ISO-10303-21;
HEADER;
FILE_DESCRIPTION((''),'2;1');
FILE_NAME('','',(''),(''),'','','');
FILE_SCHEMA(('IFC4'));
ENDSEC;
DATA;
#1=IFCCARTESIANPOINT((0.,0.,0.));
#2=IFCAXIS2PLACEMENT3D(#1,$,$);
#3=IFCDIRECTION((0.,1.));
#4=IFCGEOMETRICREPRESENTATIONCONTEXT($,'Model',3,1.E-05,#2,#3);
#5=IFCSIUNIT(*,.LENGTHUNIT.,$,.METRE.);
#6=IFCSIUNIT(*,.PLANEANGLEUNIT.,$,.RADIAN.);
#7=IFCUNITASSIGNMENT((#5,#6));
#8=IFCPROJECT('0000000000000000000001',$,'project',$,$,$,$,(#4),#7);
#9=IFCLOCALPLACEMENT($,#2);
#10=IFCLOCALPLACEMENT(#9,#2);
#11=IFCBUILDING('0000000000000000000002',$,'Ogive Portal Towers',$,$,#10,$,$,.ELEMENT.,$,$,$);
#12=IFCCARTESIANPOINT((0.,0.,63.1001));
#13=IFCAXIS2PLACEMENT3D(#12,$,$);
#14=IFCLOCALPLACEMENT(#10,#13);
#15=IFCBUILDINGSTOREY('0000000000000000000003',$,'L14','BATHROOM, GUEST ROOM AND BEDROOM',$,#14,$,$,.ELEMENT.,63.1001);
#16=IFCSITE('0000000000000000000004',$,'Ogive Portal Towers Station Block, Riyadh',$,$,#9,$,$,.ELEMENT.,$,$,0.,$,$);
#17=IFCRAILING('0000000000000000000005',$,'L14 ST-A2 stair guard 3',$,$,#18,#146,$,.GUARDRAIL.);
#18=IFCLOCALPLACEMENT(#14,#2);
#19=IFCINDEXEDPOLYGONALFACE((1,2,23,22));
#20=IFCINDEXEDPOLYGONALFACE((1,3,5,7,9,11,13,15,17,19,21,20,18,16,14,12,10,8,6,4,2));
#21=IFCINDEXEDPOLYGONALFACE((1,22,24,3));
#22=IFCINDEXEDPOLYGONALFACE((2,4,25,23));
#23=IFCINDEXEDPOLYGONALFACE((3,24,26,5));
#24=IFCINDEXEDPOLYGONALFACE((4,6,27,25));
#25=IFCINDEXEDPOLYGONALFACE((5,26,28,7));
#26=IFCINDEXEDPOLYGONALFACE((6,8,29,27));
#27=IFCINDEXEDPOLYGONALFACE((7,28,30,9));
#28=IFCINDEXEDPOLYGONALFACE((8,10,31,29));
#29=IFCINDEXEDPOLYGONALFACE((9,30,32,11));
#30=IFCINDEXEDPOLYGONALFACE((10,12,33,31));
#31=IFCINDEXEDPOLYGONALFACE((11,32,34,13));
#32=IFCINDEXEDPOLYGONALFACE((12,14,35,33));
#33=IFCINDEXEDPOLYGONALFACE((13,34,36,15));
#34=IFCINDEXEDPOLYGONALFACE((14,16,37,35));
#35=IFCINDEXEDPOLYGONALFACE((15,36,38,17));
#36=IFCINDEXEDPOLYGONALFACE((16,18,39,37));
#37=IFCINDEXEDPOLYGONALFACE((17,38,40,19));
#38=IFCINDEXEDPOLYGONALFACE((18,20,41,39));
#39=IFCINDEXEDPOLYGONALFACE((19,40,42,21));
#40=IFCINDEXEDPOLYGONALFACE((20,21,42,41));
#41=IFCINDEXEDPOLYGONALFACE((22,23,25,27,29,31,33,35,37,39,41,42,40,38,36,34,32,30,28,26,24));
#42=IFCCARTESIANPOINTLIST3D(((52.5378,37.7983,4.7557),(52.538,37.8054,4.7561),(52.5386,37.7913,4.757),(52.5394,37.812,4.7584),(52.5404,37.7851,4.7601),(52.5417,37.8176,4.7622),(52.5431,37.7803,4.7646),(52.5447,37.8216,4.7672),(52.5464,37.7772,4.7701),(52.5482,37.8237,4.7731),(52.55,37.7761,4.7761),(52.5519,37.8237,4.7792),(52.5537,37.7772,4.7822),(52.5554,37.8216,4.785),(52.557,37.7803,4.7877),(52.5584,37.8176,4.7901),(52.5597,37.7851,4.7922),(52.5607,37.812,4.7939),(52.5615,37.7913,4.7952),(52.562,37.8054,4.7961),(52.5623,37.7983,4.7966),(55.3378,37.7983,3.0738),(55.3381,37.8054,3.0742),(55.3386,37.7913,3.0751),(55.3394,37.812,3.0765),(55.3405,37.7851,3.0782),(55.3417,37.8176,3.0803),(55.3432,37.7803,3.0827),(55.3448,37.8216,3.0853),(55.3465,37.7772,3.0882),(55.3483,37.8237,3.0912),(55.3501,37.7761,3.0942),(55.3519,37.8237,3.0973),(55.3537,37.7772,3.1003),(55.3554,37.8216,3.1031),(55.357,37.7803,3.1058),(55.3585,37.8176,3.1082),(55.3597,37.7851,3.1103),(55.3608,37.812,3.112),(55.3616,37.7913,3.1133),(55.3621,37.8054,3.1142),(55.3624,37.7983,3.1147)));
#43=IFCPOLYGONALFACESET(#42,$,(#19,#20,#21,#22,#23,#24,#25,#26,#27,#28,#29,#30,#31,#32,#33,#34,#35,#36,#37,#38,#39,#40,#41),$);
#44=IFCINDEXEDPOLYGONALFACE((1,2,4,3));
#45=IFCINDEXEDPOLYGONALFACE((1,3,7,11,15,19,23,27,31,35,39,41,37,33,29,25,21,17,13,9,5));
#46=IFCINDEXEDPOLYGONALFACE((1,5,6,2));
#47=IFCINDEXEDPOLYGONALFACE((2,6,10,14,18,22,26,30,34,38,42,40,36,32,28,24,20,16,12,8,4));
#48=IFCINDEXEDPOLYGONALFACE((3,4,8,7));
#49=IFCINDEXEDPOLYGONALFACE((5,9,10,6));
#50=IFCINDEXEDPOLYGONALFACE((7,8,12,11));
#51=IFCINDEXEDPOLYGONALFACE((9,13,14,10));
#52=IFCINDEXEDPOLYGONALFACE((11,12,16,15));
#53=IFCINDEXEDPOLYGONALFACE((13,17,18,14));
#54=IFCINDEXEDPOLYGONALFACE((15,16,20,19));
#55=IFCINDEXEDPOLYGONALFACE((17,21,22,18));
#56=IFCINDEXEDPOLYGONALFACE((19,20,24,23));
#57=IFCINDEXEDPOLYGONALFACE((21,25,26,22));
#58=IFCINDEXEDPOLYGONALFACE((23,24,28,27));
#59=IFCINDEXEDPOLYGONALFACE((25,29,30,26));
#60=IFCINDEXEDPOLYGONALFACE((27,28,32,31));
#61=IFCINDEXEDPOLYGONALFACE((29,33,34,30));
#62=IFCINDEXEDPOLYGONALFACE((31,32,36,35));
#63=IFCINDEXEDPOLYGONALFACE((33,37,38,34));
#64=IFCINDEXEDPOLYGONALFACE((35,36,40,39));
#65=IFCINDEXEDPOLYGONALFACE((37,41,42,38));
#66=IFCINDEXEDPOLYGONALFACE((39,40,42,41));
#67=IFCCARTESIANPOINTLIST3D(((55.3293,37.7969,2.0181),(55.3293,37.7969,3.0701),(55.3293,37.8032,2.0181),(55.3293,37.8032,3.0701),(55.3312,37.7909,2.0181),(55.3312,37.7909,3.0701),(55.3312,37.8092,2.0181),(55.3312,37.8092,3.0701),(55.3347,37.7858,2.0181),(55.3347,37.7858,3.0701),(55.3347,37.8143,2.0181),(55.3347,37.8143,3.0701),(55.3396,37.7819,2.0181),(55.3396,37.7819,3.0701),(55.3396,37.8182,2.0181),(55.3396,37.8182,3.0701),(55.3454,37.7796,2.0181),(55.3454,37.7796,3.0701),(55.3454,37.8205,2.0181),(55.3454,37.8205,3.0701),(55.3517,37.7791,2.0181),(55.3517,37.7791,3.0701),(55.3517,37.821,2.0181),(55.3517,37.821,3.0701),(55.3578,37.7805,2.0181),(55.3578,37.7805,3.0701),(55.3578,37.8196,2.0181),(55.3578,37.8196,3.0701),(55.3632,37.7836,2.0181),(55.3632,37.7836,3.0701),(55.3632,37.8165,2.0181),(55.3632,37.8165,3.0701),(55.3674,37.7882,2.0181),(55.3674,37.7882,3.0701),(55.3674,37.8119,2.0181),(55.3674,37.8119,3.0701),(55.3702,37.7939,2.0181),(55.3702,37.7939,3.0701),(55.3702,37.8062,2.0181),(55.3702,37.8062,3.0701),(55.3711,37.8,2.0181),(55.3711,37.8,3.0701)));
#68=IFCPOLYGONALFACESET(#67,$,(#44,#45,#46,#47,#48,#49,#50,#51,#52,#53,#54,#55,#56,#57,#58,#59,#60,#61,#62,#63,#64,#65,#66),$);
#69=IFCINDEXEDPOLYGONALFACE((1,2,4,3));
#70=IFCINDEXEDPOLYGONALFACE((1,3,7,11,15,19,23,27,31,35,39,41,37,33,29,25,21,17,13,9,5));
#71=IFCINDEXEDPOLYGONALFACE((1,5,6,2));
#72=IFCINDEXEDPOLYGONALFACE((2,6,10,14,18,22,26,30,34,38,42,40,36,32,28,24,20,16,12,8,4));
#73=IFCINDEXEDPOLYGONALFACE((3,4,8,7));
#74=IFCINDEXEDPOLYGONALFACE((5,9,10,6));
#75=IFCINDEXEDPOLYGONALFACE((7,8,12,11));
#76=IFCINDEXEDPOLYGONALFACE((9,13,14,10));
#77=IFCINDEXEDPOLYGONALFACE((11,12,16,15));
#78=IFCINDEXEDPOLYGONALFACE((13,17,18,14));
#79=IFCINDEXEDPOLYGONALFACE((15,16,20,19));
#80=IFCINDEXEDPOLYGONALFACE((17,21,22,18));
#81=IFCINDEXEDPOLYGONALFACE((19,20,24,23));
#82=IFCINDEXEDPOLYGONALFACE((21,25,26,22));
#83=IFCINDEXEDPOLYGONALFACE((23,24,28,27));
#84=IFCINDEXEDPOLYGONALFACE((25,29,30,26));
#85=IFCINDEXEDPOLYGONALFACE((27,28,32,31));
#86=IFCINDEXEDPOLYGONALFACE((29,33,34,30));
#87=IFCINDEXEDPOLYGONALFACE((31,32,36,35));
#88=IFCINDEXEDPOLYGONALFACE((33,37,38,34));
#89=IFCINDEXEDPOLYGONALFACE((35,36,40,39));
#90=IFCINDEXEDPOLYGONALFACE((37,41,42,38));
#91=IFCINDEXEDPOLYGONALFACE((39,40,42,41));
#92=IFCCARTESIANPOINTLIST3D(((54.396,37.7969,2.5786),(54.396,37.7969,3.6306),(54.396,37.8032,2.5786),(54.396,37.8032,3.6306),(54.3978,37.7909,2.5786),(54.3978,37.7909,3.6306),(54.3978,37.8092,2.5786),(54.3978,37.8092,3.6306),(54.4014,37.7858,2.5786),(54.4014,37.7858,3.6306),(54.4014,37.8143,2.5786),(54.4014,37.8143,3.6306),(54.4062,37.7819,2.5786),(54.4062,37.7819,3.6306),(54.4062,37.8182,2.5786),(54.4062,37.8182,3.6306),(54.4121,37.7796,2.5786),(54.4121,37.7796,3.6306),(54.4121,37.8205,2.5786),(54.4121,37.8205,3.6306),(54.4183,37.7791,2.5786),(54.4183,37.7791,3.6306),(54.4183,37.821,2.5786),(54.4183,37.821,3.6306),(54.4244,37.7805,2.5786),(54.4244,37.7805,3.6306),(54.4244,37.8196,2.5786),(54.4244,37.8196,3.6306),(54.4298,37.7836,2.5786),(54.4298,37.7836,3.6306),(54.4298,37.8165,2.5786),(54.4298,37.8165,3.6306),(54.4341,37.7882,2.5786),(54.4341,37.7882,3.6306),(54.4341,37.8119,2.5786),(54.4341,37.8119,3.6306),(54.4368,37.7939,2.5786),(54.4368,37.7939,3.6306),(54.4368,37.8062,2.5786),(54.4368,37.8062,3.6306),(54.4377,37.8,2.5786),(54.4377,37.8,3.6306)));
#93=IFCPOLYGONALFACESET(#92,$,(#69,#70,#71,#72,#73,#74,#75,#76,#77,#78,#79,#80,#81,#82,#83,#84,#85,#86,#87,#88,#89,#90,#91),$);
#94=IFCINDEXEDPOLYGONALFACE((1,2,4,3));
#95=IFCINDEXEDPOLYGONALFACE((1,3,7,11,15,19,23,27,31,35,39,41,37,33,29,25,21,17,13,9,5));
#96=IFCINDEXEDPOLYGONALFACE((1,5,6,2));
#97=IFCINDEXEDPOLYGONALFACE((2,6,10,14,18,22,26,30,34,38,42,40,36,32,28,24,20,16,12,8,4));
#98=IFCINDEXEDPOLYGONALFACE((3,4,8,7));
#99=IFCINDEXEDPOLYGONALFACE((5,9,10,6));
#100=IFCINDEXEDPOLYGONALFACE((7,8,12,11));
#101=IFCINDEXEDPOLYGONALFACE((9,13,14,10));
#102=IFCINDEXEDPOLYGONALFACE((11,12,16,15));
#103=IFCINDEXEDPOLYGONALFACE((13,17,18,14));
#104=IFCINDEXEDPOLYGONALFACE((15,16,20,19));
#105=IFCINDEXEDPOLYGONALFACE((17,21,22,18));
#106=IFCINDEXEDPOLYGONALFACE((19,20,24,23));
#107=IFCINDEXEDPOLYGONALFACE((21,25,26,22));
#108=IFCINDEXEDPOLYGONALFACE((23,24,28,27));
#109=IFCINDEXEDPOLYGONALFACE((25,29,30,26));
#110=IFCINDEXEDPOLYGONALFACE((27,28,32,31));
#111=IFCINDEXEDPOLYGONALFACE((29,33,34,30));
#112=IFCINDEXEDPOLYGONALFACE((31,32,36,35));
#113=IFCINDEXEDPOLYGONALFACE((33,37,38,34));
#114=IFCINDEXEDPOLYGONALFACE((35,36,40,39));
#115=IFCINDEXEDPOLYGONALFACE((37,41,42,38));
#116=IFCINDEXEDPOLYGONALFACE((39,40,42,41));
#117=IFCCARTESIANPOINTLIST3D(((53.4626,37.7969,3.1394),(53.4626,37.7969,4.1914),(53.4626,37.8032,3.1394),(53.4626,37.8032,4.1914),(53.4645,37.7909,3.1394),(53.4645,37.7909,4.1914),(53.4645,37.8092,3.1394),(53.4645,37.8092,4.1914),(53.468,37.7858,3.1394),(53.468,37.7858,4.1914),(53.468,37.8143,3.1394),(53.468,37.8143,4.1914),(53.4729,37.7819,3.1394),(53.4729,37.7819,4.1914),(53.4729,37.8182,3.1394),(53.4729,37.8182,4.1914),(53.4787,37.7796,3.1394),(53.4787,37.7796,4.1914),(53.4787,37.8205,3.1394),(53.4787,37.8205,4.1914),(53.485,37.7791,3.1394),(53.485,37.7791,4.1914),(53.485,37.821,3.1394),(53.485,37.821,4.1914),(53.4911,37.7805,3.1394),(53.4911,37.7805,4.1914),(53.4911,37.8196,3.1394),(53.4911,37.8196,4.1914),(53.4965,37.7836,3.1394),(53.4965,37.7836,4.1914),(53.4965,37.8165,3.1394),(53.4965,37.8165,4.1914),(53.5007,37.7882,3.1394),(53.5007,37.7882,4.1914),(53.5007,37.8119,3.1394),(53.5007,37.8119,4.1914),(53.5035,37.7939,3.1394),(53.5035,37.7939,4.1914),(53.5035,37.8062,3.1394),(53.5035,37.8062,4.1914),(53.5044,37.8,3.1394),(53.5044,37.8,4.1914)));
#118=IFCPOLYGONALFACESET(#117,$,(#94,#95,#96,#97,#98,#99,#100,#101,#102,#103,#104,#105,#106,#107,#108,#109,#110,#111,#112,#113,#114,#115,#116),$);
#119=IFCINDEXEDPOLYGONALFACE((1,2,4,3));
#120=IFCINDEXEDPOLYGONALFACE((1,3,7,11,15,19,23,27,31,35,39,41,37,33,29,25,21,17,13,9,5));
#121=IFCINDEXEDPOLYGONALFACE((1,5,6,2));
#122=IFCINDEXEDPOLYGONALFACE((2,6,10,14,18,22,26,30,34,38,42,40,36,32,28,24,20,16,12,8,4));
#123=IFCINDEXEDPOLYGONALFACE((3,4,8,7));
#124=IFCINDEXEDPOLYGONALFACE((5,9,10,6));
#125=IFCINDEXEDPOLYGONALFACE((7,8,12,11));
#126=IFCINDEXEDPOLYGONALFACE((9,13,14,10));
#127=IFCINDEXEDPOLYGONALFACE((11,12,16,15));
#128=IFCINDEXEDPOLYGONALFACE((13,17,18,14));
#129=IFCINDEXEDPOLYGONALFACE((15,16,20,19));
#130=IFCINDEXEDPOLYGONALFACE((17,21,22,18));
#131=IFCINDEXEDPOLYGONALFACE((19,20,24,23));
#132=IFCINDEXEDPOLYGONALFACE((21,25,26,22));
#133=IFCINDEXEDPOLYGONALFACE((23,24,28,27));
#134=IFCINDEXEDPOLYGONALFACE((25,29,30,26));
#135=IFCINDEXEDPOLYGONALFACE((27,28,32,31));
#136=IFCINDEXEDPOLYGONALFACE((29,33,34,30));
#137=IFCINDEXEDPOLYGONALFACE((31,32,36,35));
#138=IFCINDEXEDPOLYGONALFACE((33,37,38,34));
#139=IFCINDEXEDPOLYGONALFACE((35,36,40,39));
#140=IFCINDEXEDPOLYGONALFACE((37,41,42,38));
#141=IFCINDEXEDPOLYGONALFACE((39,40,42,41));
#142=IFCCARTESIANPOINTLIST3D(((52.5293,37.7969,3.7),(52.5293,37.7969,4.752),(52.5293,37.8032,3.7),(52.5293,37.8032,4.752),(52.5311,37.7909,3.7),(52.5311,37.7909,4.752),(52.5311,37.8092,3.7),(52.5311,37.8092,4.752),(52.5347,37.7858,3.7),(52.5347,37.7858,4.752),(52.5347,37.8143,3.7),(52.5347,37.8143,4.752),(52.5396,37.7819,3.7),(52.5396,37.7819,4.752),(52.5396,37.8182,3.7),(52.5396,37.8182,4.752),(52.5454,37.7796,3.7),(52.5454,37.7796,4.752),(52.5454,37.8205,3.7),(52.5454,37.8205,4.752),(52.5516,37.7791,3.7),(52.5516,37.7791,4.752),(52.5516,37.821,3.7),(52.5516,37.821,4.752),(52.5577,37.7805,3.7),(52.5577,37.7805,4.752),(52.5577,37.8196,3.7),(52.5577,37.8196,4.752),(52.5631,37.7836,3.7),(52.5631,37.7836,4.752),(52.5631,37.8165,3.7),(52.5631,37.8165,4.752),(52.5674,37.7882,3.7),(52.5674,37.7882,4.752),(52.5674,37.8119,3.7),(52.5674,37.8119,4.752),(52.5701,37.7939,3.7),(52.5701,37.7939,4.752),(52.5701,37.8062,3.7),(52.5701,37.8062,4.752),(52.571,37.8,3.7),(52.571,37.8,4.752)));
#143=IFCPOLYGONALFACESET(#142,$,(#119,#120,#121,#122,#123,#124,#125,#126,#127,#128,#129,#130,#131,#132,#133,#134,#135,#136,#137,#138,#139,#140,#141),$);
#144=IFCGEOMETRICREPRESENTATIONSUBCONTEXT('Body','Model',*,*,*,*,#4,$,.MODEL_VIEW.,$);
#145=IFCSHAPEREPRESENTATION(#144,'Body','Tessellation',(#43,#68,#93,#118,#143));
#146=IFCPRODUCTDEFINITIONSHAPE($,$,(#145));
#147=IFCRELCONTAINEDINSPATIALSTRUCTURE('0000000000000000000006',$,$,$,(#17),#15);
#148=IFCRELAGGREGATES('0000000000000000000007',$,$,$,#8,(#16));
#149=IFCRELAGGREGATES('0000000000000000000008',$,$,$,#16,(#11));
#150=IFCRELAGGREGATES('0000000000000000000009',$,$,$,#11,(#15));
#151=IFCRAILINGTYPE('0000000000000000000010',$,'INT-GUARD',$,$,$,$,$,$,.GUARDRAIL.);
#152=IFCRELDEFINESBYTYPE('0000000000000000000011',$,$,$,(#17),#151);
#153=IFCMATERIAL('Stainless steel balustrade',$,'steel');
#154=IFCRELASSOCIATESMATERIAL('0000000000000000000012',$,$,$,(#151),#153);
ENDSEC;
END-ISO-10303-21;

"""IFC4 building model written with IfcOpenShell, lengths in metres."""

from ifc_helpers import new_model, si_unit, direction, frame, origin, origin_2d, place, context, subcontext, project, spatial, circle, extrude, material, type_object, element, save


model = new_model("IFC4")

# Units and contexts
model_context = context("Model", 3, precision=1e-05, world=origin(), true_north=direction((0.0, 1.0)))
body_context = subcontext(model_context, "Body", "Model", "MODEL_VIEW")
ifc_project = project(units=[si_unit("LENGTHUNIT", "METRE"), si_unit("PLANEANGLEUNIT", "RADIAN")], contexts=[model_context])

# Site, building, storey
site_placement = place(None, origin())
site = spatial("IfcSite", under=ifc_project, at=site_placement, Name="Ogive Portal Towers Station Block, Riyadh", CompositionType="ELEMENT", RefElevation=0.0)
building_placement = place(site_placement, origin())
building = spatial("IfcBuilding", under=site, at=building_placement, Name="Ogive Portal Towers", CompositionType="ELEMENT")
storey_placement = place(building_placement, frame((0.0, 0.0, 63.1001)))
storey = spatial("IfcBuildingStorey", under=building, at=storey_placement, Name="L14", Description="BATHROOM, GUEST ROOM AND BEDROOM", CompositionType="ELEMENT", Elevation=63.1001)

# Railing
ifc_material_1 = material(Name="Stainless steel balustrade", Category="steel")
railing_type_1 = type_object("IfcRailingType", Name="INT-GUARD", PredefinedType="GUARDRAIL", material=ifc_material_1)
railing_1_placement = place(storey_placement, frame((55.3501, 37.8, 2.0181)))
element("IfcRailing", 1, at=railing_1_placement, inside=storey, type_object=railing_type_1, Name="L14 ST-A2 stair guard 3", PredefinedType="GUARDRAIL", context=body_context, shape_type="SweptSolid", body=[
    extrude(circle(Radius=0.0239, at=origin_2d()), frame((0.0, 0.0, 1.0762), z_axis=(-0.857242, 0.0, 0.514913), x_axis=(0.0, -1.0, 0.0)), (0.0, 0.0, 1.0), 3.2664),
    extrude(circle(Radius=0.021, at=origin_2d()), origin(), (0.0, 0.0, 1.0), 1.052),
    extrude(circle(Radius=0.021, at=origin_2d()), frame((-0.9333, 0.0, 0.5605)), (0.0, 0.0, 1.0), 1.052),
    extrude(circle(Radius=0.021, at=origin_2d()), frame((-1.8667, 0.0, 1.1213)), (0.0, 0.0, 1.0), 1.052),
    extrude(circle(Radius=0.021, at=origin_2d()), frame((-2.8, 0.0, 1.6819)), (0.0, 0.0, 1.0), 1.052),
])

save(model, "model.ifc")
